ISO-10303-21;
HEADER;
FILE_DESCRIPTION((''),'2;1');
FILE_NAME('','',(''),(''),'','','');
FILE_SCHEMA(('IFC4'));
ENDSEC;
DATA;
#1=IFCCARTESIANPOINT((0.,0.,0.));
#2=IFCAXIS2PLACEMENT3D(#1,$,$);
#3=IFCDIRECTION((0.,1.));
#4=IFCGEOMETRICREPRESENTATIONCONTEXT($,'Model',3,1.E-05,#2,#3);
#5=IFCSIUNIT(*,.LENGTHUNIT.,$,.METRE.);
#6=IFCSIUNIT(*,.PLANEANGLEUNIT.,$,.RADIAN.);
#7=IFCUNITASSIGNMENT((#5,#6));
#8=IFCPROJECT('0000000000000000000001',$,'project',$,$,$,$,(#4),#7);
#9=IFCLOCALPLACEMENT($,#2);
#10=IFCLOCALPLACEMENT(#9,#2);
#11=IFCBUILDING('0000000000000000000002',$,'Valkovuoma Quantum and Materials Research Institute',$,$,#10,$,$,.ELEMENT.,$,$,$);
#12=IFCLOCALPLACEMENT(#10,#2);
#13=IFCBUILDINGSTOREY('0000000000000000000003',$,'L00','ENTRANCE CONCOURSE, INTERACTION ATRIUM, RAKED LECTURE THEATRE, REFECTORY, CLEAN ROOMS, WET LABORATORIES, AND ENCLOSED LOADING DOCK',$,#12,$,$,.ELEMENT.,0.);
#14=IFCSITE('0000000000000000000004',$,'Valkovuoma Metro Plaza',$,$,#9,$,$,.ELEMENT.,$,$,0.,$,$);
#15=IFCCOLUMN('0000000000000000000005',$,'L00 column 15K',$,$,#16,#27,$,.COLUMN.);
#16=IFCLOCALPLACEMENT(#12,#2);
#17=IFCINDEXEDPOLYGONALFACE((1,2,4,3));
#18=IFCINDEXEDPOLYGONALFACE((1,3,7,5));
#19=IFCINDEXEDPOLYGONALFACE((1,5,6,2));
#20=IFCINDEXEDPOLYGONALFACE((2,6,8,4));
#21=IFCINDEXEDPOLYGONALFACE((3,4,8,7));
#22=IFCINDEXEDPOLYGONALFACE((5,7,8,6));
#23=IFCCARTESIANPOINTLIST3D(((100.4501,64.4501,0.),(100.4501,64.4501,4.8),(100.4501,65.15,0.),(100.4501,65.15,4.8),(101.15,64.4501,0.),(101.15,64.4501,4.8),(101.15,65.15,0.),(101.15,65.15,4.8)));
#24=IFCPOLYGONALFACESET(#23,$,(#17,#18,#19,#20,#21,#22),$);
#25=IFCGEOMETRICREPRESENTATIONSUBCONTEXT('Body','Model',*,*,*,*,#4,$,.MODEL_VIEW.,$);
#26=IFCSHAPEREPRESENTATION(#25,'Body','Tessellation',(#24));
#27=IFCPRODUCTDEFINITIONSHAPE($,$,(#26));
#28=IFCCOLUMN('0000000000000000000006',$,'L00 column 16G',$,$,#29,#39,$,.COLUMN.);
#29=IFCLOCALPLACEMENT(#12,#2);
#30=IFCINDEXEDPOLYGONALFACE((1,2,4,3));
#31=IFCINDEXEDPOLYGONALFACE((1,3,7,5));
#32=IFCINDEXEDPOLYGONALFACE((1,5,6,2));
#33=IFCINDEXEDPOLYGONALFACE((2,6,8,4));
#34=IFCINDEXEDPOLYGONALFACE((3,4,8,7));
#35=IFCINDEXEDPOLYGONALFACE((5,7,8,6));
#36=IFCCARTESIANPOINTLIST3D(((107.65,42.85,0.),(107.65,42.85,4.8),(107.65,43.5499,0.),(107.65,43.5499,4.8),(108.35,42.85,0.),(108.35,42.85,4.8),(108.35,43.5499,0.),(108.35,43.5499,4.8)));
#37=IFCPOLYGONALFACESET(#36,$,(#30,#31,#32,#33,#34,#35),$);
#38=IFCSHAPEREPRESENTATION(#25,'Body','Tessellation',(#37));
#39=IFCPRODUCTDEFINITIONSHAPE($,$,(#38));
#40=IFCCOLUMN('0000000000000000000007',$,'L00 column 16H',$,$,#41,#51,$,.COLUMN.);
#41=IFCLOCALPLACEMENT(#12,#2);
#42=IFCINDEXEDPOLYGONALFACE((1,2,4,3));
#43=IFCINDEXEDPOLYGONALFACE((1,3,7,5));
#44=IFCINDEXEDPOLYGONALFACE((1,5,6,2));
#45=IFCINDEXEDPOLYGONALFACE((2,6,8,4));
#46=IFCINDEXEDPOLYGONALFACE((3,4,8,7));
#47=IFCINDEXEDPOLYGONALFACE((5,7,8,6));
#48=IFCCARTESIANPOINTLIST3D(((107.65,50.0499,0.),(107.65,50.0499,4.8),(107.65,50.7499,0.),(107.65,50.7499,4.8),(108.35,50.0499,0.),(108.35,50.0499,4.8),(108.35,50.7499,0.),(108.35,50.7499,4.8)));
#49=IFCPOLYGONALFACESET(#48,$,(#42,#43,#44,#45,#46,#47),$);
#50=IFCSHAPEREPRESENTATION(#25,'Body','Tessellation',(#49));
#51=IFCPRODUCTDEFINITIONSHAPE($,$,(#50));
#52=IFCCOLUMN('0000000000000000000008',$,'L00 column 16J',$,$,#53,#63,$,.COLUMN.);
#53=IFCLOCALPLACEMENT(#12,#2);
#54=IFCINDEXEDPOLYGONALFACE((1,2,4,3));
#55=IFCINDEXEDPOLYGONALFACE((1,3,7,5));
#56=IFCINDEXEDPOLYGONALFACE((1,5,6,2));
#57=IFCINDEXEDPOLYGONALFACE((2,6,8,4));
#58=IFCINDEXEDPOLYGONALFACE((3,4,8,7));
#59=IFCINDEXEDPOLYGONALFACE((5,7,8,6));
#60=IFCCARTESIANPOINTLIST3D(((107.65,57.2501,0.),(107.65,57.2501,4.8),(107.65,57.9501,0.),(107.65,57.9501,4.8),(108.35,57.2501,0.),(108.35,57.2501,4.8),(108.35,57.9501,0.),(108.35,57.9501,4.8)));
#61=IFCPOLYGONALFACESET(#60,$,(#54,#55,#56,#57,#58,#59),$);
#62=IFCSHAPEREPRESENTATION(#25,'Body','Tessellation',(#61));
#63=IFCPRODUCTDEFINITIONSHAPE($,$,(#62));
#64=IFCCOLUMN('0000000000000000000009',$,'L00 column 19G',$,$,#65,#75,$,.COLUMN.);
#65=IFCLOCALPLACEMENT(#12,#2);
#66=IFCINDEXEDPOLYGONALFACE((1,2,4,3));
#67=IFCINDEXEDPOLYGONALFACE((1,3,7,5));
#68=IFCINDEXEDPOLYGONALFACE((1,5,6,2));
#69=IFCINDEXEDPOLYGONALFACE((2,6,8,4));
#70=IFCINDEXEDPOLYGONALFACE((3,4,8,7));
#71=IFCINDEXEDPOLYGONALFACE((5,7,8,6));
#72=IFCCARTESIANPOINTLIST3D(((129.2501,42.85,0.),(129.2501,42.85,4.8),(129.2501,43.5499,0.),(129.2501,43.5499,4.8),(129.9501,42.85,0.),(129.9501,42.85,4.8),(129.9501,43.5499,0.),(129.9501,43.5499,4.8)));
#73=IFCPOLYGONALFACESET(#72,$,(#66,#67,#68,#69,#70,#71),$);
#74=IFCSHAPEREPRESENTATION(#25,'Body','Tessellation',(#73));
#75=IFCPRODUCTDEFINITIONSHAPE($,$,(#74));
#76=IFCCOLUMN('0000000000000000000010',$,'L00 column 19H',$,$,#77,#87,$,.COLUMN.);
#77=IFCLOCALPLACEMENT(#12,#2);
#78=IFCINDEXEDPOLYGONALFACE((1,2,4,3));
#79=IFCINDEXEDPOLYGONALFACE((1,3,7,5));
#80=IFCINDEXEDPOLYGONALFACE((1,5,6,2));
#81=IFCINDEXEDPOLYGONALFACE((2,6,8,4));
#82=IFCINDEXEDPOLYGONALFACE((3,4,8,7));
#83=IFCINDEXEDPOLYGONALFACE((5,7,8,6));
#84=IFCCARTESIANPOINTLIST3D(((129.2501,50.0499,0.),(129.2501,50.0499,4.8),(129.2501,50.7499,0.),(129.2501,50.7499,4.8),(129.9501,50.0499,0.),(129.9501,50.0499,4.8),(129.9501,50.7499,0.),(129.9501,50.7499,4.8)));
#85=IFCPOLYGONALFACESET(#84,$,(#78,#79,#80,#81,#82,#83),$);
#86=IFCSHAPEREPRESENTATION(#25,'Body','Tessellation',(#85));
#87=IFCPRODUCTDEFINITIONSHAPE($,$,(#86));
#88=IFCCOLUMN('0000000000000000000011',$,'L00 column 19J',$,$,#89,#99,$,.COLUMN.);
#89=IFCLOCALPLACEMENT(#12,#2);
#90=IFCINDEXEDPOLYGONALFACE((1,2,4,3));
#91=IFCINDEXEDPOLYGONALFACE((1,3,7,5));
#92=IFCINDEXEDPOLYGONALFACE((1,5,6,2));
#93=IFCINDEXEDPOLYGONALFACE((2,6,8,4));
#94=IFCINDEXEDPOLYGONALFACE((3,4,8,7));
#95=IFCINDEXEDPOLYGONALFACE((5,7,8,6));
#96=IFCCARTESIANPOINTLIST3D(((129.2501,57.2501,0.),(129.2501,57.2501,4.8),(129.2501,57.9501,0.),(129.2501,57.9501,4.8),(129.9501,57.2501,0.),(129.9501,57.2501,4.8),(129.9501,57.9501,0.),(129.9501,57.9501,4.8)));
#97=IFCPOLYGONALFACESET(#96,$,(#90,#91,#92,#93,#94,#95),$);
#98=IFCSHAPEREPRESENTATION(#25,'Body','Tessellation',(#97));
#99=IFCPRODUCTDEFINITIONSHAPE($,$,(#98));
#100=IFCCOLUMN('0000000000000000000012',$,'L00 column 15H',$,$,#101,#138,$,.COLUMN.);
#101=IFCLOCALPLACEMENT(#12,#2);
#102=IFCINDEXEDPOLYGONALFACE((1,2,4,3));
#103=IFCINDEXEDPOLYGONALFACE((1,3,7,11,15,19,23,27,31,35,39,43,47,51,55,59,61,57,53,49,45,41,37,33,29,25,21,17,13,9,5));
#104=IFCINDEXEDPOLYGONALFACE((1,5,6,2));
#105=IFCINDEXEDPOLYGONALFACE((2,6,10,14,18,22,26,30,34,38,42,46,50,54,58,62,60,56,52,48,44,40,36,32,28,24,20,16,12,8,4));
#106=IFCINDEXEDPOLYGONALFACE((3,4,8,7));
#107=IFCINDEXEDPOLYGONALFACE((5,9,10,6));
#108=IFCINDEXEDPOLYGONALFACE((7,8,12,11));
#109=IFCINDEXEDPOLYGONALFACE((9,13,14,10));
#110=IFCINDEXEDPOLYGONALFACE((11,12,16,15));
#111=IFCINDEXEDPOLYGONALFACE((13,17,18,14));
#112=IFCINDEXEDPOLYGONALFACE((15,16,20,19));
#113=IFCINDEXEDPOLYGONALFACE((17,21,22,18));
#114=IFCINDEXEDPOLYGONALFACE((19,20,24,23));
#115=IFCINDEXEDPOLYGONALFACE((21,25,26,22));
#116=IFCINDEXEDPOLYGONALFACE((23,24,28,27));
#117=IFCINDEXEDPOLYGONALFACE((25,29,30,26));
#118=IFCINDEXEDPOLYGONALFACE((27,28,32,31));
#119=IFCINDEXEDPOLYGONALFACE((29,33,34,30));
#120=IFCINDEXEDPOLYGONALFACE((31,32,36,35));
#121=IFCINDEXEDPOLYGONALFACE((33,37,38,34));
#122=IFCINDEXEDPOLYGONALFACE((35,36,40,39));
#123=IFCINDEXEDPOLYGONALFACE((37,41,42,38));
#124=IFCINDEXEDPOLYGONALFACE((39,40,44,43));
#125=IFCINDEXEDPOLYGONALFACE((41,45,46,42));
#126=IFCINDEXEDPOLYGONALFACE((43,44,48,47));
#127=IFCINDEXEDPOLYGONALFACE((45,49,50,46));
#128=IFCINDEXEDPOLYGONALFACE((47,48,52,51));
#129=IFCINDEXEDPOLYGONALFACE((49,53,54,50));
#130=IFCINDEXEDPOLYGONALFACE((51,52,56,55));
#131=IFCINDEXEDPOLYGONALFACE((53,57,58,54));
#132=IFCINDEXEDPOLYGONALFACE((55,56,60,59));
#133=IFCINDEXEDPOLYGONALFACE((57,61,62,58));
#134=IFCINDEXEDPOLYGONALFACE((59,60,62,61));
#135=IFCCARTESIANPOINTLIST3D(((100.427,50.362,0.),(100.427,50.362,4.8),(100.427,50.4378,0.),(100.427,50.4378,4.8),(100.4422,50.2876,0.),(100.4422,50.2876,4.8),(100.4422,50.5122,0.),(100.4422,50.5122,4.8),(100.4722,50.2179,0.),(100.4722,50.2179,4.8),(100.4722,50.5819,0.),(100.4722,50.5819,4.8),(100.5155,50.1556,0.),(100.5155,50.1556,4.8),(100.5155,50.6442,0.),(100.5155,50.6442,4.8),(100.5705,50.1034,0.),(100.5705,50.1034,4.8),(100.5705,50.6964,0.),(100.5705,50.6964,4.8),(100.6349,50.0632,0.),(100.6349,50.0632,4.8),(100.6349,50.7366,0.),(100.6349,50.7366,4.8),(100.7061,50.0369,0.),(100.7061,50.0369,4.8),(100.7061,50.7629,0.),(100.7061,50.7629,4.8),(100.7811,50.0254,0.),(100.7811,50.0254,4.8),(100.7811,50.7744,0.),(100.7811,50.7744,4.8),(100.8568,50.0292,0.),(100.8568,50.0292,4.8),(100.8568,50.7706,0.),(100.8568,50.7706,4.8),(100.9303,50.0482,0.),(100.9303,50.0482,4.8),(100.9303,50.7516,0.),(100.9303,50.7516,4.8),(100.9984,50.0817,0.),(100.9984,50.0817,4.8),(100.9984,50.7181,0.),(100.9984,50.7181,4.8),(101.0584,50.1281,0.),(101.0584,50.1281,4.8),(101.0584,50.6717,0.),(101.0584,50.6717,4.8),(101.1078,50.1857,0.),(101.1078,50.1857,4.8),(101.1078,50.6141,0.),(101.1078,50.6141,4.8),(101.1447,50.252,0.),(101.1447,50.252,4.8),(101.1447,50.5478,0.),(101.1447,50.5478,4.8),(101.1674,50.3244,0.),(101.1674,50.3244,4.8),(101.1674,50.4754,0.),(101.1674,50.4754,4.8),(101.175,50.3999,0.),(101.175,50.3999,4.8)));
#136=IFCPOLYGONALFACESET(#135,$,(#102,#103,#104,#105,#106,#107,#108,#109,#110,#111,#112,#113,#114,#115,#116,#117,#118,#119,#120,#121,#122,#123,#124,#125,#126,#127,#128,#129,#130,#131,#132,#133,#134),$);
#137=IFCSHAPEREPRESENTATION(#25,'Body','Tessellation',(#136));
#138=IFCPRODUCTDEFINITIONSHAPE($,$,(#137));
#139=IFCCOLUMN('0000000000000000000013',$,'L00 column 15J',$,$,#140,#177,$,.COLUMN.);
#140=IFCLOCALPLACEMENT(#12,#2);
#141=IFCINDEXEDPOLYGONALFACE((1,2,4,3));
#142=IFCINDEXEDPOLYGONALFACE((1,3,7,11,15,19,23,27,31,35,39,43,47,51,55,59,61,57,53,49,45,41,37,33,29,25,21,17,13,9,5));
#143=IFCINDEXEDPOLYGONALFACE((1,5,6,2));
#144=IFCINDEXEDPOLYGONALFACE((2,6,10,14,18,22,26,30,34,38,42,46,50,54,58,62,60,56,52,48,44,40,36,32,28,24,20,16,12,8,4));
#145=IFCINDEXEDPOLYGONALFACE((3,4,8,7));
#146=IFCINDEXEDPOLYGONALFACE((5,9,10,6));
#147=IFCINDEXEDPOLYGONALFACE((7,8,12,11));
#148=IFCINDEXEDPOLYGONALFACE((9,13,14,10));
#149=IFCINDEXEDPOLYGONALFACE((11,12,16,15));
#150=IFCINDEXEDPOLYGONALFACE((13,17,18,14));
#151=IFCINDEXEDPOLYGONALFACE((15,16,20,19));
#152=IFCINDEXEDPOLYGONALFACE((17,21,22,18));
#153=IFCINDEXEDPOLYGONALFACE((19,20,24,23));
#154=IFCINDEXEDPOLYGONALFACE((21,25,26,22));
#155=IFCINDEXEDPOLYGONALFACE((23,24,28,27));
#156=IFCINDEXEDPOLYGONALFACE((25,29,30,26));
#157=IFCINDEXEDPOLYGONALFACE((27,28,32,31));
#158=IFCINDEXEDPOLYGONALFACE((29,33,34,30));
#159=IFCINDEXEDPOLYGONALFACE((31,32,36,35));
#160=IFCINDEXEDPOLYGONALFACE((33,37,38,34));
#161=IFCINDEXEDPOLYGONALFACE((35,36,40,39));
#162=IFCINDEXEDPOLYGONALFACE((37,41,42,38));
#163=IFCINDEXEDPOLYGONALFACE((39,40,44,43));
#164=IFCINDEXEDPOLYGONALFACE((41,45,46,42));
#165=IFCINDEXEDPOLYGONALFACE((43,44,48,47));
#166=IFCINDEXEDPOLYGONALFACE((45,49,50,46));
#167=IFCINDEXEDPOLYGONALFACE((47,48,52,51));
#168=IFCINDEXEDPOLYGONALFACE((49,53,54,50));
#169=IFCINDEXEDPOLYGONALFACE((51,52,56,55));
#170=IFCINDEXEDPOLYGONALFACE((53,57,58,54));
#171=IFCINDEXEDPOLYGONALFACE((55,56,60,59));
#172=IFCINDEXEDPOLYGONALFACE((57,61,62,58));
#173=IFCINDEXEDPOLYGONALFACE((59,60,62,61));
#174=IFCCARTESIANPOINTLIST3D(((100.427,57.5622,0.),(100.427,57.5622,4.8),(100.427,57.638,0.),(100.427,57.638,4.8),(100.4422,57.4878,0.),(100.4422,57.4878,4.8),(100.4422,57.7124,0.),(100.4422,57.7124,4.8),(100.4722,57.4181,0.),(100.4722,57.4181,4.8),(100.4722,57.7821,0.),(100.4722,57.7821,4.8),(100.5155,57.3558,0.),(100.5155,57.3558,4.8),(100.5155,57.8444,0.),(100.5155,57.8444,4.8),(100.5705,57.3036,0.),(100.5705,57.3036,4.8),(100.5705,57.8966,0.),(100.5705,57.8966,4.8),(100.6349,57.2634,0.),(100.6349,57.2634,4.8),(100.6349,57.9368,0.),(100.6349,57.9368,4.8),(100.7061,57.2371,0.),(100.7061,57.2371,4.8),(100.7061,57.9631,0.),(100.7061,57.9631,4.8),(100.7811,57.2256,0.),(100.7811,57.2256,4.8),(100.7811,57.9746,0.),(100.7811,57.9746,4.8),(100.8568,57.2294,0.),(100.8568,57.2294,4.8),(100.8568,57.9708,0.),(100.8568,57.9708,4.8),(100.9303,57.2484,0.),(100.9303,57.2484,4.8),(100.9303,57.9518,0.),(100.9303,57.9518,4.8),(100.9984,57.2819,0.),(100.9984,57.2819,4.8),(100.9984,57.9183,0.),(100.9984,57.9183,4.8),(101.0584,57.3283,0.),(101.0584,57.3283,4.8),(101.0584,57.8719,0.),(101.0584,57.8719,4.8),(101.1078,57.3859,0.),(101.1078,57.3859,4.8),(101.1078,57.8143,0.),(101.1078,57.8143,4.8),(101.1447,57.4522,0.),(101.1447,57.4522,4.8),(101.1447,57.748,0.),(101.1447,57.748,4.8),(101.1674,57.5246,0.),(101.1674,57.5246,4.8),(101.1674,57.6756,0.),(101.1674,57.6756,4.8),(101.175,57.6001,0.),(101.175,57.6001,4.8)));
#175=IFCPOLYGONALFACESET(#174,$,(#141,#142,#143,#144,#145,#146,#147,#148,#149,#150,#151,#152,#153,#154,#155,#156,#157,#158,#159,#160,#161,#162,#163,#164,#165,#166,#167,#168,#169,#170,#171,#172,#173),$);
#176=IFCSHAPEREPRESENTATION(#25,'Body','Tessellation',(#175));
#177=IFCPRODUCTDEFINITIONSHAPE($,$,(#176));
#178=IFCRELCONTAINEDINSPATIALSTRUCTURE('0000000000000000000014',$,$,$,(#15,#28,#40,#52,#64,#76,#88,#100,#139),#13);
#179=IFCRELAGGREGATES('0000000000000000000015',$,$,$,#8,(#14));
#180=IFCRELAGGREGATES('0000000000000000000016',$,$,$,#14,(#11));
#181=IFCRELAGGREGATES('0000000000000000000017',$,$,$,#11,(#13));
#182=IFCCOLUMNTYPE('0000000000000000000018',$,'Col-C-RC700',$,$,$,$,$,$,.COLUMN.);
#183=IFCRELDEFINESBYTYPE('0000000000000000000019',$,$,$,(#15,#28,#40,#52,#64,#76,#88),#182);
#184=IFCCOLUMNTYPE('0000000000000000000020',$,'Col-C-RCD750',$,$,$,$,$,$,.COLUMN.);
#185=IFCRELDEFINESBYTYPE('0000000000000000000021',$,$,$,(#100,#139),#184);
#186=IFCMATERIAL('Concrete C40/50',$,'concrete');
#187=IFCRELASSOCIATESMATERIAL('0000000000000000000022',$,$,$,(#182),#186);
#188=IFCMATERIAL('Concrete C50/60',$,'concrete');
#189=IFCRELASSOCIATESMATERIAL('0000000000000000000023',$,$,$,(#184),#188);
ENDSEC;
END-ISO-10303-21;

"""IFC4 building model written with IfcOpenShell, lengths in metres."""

from ifc_helpers import new_model, si_unit, direction, frame, origin, origin_2d, place, context, subcontext, project, spatial, rectangle, circle, extrude, material, material_profile, profile_set, type_object, element, save


model = new_model("IFC4")

# Units and contexts
model_context = context("Model", 3, precision=1e-05, world=origin(), true_north=direction((0.0, 1.0)))
body_context = subcontext(model_context, "Body", "Model", "MODEL_VIEW")
ifc_project = project(units=[si_unit("LENGTHUNIT", "METRE"), si_unit("PLANEANGLEUNIT", "RADIAN")], contexts=[model_context])

# Site, building, storey
site_placement = place(None, origin())
site = spatial("IfcSite", under=ifc_project, at=site_placement, Name="Valkovuoma Metro Plaza", CompositionType="ELEMENT", RefElevation=0.0)
building_placement = place(site_placement, origin())
building = spatial("IfcBuilding", under=site, at=building_placement, Name="Valkovuoma Quantum and Materials Research Institute", CompositionType="ELEMENT")
storey_placement = place(building_placement, origin())
storey = spatial("IfcBuildingStorey", under=building, at=storey_placement, Name="L00", Description="ENTRANCE CONCOURSE, INTERACTION ATRIUM, RAKED LECTURE THEATRE, REFECTORY, CLEAN ROOMS, WET LABORATORIES, AND ENCLOSED LOADING DOCK", CompositionType="ELEMENT", Elevation=0.0)

# Columns
ifc_material_1 = material(Name="Concrete C40/50", Category="concrete")
ifc_material_profile_1 = material_profile(ifc_material_1, rectangle(XDim=0.7, YDim=0.7, at=origin_2d()), Name="Concrete C40/50")
ifc_profile_set_1 = profile_set([ifc_material_profile_1], Name="Concrete C40/50")
column_type_1 = type_object("IfcColumnType", Name="Col-C-RC700", PredefinedType="COLUMN", material=ifc_profile_set_1)
for number, where, z_axis, x_axis, name in (
    (1, (100.8, 64.8, 0.0), (0.0, 0.0, 1.0), (1.0, 0.0, 0.0), "L00 column 15K"),
    (2, (108.0, 43.2, 0.0), (0.0, 0.0, 1.0), (1.0, 0.0, 0.0), "L00 column 16G"),
    (3, (108.0, 50.3999, 0.0), (0.0, 0.0, 1.0), (1.0, 0.0, 0.0), "L00 column 16H"),
    (4, (108.0, 57.6001, 0.0), (0.0, 0.0, 1.0), (1.0, 0.0, 0.0), "L00 column 16J"),
    (5, (129.6001, 43.2, 0.0), (0.0, 0.0, 1.0), (1.0, 0.0, 0.0), "L00 column 19G"),
    (6, (129.6001, 50.3999, 0.0), (0.0, 0.0, 1.0), (1.0, 0.0, 0.0), "L00 column 19H"),
    (7, (129.6001, 57.6001, 0.0), (0.0, 0.0, 1.0), (1.0, 0.0, 0.0), "L00 column 19J"),
):
    element("IfcColumn", number, at=place(storey_placement, frame(where, z_axis=z_axis, x_axis=x_axis)), inside=storey, type_object=column_type_1, Name=name, PredefinedType="COLUMN", context=body_context, shape_type="SweptSolid", body=[
        extrude(rectangle(XDim=0.7, YDim=0.7, at=origin_2d()), origin(), (0.0, 0.0, 1.0), 4.8),
    ])
ifc_material_2 = material(Name="Concrete C50/60", Category="concrete")
ifc_material_profile_2 = material_profile(ifc_material_2, circle(Radius=0.375, at=origin_2d()), Name="Concrete C50/60")
ifc_profile_set_2 = profile_set([ifc_material_profile_2], Name="Concrete C50/60")
column_type_2 = type_object("IfcColumnType", Name="Col-C-RCD750", PredefinedType="COLUMN", material=ifc_profile_set_2)
for number, where, z_axis, x_axis, name in (
    (8, (100.8, 50.3999, 0.0), (0.0, 0.0, 1.0), (1.0, 0.0, 0.0), "L00 column 15H"),
    (9, (100.8, 57.6001, 0.0), (0.0, 0.0, 1.0), (1.0, 0.0, 0.0), "L00 column 15J"),
):
    element("IfcColumn", number, at=place(storey_placement, frame(where, z_axis=z_axis, x_axis=x_axis)), inside=storey, type_object=column_type_2, Name=name, PredefinedType="COLUMN", context=body_context, shape_type="SweptSolid", body=[
        extrude(circle(Radius=0.375, at=origin_2d()), origin(), (0.0, 0.0, 1.0), 4.8),
    ])

save(model, "model.ifc")
